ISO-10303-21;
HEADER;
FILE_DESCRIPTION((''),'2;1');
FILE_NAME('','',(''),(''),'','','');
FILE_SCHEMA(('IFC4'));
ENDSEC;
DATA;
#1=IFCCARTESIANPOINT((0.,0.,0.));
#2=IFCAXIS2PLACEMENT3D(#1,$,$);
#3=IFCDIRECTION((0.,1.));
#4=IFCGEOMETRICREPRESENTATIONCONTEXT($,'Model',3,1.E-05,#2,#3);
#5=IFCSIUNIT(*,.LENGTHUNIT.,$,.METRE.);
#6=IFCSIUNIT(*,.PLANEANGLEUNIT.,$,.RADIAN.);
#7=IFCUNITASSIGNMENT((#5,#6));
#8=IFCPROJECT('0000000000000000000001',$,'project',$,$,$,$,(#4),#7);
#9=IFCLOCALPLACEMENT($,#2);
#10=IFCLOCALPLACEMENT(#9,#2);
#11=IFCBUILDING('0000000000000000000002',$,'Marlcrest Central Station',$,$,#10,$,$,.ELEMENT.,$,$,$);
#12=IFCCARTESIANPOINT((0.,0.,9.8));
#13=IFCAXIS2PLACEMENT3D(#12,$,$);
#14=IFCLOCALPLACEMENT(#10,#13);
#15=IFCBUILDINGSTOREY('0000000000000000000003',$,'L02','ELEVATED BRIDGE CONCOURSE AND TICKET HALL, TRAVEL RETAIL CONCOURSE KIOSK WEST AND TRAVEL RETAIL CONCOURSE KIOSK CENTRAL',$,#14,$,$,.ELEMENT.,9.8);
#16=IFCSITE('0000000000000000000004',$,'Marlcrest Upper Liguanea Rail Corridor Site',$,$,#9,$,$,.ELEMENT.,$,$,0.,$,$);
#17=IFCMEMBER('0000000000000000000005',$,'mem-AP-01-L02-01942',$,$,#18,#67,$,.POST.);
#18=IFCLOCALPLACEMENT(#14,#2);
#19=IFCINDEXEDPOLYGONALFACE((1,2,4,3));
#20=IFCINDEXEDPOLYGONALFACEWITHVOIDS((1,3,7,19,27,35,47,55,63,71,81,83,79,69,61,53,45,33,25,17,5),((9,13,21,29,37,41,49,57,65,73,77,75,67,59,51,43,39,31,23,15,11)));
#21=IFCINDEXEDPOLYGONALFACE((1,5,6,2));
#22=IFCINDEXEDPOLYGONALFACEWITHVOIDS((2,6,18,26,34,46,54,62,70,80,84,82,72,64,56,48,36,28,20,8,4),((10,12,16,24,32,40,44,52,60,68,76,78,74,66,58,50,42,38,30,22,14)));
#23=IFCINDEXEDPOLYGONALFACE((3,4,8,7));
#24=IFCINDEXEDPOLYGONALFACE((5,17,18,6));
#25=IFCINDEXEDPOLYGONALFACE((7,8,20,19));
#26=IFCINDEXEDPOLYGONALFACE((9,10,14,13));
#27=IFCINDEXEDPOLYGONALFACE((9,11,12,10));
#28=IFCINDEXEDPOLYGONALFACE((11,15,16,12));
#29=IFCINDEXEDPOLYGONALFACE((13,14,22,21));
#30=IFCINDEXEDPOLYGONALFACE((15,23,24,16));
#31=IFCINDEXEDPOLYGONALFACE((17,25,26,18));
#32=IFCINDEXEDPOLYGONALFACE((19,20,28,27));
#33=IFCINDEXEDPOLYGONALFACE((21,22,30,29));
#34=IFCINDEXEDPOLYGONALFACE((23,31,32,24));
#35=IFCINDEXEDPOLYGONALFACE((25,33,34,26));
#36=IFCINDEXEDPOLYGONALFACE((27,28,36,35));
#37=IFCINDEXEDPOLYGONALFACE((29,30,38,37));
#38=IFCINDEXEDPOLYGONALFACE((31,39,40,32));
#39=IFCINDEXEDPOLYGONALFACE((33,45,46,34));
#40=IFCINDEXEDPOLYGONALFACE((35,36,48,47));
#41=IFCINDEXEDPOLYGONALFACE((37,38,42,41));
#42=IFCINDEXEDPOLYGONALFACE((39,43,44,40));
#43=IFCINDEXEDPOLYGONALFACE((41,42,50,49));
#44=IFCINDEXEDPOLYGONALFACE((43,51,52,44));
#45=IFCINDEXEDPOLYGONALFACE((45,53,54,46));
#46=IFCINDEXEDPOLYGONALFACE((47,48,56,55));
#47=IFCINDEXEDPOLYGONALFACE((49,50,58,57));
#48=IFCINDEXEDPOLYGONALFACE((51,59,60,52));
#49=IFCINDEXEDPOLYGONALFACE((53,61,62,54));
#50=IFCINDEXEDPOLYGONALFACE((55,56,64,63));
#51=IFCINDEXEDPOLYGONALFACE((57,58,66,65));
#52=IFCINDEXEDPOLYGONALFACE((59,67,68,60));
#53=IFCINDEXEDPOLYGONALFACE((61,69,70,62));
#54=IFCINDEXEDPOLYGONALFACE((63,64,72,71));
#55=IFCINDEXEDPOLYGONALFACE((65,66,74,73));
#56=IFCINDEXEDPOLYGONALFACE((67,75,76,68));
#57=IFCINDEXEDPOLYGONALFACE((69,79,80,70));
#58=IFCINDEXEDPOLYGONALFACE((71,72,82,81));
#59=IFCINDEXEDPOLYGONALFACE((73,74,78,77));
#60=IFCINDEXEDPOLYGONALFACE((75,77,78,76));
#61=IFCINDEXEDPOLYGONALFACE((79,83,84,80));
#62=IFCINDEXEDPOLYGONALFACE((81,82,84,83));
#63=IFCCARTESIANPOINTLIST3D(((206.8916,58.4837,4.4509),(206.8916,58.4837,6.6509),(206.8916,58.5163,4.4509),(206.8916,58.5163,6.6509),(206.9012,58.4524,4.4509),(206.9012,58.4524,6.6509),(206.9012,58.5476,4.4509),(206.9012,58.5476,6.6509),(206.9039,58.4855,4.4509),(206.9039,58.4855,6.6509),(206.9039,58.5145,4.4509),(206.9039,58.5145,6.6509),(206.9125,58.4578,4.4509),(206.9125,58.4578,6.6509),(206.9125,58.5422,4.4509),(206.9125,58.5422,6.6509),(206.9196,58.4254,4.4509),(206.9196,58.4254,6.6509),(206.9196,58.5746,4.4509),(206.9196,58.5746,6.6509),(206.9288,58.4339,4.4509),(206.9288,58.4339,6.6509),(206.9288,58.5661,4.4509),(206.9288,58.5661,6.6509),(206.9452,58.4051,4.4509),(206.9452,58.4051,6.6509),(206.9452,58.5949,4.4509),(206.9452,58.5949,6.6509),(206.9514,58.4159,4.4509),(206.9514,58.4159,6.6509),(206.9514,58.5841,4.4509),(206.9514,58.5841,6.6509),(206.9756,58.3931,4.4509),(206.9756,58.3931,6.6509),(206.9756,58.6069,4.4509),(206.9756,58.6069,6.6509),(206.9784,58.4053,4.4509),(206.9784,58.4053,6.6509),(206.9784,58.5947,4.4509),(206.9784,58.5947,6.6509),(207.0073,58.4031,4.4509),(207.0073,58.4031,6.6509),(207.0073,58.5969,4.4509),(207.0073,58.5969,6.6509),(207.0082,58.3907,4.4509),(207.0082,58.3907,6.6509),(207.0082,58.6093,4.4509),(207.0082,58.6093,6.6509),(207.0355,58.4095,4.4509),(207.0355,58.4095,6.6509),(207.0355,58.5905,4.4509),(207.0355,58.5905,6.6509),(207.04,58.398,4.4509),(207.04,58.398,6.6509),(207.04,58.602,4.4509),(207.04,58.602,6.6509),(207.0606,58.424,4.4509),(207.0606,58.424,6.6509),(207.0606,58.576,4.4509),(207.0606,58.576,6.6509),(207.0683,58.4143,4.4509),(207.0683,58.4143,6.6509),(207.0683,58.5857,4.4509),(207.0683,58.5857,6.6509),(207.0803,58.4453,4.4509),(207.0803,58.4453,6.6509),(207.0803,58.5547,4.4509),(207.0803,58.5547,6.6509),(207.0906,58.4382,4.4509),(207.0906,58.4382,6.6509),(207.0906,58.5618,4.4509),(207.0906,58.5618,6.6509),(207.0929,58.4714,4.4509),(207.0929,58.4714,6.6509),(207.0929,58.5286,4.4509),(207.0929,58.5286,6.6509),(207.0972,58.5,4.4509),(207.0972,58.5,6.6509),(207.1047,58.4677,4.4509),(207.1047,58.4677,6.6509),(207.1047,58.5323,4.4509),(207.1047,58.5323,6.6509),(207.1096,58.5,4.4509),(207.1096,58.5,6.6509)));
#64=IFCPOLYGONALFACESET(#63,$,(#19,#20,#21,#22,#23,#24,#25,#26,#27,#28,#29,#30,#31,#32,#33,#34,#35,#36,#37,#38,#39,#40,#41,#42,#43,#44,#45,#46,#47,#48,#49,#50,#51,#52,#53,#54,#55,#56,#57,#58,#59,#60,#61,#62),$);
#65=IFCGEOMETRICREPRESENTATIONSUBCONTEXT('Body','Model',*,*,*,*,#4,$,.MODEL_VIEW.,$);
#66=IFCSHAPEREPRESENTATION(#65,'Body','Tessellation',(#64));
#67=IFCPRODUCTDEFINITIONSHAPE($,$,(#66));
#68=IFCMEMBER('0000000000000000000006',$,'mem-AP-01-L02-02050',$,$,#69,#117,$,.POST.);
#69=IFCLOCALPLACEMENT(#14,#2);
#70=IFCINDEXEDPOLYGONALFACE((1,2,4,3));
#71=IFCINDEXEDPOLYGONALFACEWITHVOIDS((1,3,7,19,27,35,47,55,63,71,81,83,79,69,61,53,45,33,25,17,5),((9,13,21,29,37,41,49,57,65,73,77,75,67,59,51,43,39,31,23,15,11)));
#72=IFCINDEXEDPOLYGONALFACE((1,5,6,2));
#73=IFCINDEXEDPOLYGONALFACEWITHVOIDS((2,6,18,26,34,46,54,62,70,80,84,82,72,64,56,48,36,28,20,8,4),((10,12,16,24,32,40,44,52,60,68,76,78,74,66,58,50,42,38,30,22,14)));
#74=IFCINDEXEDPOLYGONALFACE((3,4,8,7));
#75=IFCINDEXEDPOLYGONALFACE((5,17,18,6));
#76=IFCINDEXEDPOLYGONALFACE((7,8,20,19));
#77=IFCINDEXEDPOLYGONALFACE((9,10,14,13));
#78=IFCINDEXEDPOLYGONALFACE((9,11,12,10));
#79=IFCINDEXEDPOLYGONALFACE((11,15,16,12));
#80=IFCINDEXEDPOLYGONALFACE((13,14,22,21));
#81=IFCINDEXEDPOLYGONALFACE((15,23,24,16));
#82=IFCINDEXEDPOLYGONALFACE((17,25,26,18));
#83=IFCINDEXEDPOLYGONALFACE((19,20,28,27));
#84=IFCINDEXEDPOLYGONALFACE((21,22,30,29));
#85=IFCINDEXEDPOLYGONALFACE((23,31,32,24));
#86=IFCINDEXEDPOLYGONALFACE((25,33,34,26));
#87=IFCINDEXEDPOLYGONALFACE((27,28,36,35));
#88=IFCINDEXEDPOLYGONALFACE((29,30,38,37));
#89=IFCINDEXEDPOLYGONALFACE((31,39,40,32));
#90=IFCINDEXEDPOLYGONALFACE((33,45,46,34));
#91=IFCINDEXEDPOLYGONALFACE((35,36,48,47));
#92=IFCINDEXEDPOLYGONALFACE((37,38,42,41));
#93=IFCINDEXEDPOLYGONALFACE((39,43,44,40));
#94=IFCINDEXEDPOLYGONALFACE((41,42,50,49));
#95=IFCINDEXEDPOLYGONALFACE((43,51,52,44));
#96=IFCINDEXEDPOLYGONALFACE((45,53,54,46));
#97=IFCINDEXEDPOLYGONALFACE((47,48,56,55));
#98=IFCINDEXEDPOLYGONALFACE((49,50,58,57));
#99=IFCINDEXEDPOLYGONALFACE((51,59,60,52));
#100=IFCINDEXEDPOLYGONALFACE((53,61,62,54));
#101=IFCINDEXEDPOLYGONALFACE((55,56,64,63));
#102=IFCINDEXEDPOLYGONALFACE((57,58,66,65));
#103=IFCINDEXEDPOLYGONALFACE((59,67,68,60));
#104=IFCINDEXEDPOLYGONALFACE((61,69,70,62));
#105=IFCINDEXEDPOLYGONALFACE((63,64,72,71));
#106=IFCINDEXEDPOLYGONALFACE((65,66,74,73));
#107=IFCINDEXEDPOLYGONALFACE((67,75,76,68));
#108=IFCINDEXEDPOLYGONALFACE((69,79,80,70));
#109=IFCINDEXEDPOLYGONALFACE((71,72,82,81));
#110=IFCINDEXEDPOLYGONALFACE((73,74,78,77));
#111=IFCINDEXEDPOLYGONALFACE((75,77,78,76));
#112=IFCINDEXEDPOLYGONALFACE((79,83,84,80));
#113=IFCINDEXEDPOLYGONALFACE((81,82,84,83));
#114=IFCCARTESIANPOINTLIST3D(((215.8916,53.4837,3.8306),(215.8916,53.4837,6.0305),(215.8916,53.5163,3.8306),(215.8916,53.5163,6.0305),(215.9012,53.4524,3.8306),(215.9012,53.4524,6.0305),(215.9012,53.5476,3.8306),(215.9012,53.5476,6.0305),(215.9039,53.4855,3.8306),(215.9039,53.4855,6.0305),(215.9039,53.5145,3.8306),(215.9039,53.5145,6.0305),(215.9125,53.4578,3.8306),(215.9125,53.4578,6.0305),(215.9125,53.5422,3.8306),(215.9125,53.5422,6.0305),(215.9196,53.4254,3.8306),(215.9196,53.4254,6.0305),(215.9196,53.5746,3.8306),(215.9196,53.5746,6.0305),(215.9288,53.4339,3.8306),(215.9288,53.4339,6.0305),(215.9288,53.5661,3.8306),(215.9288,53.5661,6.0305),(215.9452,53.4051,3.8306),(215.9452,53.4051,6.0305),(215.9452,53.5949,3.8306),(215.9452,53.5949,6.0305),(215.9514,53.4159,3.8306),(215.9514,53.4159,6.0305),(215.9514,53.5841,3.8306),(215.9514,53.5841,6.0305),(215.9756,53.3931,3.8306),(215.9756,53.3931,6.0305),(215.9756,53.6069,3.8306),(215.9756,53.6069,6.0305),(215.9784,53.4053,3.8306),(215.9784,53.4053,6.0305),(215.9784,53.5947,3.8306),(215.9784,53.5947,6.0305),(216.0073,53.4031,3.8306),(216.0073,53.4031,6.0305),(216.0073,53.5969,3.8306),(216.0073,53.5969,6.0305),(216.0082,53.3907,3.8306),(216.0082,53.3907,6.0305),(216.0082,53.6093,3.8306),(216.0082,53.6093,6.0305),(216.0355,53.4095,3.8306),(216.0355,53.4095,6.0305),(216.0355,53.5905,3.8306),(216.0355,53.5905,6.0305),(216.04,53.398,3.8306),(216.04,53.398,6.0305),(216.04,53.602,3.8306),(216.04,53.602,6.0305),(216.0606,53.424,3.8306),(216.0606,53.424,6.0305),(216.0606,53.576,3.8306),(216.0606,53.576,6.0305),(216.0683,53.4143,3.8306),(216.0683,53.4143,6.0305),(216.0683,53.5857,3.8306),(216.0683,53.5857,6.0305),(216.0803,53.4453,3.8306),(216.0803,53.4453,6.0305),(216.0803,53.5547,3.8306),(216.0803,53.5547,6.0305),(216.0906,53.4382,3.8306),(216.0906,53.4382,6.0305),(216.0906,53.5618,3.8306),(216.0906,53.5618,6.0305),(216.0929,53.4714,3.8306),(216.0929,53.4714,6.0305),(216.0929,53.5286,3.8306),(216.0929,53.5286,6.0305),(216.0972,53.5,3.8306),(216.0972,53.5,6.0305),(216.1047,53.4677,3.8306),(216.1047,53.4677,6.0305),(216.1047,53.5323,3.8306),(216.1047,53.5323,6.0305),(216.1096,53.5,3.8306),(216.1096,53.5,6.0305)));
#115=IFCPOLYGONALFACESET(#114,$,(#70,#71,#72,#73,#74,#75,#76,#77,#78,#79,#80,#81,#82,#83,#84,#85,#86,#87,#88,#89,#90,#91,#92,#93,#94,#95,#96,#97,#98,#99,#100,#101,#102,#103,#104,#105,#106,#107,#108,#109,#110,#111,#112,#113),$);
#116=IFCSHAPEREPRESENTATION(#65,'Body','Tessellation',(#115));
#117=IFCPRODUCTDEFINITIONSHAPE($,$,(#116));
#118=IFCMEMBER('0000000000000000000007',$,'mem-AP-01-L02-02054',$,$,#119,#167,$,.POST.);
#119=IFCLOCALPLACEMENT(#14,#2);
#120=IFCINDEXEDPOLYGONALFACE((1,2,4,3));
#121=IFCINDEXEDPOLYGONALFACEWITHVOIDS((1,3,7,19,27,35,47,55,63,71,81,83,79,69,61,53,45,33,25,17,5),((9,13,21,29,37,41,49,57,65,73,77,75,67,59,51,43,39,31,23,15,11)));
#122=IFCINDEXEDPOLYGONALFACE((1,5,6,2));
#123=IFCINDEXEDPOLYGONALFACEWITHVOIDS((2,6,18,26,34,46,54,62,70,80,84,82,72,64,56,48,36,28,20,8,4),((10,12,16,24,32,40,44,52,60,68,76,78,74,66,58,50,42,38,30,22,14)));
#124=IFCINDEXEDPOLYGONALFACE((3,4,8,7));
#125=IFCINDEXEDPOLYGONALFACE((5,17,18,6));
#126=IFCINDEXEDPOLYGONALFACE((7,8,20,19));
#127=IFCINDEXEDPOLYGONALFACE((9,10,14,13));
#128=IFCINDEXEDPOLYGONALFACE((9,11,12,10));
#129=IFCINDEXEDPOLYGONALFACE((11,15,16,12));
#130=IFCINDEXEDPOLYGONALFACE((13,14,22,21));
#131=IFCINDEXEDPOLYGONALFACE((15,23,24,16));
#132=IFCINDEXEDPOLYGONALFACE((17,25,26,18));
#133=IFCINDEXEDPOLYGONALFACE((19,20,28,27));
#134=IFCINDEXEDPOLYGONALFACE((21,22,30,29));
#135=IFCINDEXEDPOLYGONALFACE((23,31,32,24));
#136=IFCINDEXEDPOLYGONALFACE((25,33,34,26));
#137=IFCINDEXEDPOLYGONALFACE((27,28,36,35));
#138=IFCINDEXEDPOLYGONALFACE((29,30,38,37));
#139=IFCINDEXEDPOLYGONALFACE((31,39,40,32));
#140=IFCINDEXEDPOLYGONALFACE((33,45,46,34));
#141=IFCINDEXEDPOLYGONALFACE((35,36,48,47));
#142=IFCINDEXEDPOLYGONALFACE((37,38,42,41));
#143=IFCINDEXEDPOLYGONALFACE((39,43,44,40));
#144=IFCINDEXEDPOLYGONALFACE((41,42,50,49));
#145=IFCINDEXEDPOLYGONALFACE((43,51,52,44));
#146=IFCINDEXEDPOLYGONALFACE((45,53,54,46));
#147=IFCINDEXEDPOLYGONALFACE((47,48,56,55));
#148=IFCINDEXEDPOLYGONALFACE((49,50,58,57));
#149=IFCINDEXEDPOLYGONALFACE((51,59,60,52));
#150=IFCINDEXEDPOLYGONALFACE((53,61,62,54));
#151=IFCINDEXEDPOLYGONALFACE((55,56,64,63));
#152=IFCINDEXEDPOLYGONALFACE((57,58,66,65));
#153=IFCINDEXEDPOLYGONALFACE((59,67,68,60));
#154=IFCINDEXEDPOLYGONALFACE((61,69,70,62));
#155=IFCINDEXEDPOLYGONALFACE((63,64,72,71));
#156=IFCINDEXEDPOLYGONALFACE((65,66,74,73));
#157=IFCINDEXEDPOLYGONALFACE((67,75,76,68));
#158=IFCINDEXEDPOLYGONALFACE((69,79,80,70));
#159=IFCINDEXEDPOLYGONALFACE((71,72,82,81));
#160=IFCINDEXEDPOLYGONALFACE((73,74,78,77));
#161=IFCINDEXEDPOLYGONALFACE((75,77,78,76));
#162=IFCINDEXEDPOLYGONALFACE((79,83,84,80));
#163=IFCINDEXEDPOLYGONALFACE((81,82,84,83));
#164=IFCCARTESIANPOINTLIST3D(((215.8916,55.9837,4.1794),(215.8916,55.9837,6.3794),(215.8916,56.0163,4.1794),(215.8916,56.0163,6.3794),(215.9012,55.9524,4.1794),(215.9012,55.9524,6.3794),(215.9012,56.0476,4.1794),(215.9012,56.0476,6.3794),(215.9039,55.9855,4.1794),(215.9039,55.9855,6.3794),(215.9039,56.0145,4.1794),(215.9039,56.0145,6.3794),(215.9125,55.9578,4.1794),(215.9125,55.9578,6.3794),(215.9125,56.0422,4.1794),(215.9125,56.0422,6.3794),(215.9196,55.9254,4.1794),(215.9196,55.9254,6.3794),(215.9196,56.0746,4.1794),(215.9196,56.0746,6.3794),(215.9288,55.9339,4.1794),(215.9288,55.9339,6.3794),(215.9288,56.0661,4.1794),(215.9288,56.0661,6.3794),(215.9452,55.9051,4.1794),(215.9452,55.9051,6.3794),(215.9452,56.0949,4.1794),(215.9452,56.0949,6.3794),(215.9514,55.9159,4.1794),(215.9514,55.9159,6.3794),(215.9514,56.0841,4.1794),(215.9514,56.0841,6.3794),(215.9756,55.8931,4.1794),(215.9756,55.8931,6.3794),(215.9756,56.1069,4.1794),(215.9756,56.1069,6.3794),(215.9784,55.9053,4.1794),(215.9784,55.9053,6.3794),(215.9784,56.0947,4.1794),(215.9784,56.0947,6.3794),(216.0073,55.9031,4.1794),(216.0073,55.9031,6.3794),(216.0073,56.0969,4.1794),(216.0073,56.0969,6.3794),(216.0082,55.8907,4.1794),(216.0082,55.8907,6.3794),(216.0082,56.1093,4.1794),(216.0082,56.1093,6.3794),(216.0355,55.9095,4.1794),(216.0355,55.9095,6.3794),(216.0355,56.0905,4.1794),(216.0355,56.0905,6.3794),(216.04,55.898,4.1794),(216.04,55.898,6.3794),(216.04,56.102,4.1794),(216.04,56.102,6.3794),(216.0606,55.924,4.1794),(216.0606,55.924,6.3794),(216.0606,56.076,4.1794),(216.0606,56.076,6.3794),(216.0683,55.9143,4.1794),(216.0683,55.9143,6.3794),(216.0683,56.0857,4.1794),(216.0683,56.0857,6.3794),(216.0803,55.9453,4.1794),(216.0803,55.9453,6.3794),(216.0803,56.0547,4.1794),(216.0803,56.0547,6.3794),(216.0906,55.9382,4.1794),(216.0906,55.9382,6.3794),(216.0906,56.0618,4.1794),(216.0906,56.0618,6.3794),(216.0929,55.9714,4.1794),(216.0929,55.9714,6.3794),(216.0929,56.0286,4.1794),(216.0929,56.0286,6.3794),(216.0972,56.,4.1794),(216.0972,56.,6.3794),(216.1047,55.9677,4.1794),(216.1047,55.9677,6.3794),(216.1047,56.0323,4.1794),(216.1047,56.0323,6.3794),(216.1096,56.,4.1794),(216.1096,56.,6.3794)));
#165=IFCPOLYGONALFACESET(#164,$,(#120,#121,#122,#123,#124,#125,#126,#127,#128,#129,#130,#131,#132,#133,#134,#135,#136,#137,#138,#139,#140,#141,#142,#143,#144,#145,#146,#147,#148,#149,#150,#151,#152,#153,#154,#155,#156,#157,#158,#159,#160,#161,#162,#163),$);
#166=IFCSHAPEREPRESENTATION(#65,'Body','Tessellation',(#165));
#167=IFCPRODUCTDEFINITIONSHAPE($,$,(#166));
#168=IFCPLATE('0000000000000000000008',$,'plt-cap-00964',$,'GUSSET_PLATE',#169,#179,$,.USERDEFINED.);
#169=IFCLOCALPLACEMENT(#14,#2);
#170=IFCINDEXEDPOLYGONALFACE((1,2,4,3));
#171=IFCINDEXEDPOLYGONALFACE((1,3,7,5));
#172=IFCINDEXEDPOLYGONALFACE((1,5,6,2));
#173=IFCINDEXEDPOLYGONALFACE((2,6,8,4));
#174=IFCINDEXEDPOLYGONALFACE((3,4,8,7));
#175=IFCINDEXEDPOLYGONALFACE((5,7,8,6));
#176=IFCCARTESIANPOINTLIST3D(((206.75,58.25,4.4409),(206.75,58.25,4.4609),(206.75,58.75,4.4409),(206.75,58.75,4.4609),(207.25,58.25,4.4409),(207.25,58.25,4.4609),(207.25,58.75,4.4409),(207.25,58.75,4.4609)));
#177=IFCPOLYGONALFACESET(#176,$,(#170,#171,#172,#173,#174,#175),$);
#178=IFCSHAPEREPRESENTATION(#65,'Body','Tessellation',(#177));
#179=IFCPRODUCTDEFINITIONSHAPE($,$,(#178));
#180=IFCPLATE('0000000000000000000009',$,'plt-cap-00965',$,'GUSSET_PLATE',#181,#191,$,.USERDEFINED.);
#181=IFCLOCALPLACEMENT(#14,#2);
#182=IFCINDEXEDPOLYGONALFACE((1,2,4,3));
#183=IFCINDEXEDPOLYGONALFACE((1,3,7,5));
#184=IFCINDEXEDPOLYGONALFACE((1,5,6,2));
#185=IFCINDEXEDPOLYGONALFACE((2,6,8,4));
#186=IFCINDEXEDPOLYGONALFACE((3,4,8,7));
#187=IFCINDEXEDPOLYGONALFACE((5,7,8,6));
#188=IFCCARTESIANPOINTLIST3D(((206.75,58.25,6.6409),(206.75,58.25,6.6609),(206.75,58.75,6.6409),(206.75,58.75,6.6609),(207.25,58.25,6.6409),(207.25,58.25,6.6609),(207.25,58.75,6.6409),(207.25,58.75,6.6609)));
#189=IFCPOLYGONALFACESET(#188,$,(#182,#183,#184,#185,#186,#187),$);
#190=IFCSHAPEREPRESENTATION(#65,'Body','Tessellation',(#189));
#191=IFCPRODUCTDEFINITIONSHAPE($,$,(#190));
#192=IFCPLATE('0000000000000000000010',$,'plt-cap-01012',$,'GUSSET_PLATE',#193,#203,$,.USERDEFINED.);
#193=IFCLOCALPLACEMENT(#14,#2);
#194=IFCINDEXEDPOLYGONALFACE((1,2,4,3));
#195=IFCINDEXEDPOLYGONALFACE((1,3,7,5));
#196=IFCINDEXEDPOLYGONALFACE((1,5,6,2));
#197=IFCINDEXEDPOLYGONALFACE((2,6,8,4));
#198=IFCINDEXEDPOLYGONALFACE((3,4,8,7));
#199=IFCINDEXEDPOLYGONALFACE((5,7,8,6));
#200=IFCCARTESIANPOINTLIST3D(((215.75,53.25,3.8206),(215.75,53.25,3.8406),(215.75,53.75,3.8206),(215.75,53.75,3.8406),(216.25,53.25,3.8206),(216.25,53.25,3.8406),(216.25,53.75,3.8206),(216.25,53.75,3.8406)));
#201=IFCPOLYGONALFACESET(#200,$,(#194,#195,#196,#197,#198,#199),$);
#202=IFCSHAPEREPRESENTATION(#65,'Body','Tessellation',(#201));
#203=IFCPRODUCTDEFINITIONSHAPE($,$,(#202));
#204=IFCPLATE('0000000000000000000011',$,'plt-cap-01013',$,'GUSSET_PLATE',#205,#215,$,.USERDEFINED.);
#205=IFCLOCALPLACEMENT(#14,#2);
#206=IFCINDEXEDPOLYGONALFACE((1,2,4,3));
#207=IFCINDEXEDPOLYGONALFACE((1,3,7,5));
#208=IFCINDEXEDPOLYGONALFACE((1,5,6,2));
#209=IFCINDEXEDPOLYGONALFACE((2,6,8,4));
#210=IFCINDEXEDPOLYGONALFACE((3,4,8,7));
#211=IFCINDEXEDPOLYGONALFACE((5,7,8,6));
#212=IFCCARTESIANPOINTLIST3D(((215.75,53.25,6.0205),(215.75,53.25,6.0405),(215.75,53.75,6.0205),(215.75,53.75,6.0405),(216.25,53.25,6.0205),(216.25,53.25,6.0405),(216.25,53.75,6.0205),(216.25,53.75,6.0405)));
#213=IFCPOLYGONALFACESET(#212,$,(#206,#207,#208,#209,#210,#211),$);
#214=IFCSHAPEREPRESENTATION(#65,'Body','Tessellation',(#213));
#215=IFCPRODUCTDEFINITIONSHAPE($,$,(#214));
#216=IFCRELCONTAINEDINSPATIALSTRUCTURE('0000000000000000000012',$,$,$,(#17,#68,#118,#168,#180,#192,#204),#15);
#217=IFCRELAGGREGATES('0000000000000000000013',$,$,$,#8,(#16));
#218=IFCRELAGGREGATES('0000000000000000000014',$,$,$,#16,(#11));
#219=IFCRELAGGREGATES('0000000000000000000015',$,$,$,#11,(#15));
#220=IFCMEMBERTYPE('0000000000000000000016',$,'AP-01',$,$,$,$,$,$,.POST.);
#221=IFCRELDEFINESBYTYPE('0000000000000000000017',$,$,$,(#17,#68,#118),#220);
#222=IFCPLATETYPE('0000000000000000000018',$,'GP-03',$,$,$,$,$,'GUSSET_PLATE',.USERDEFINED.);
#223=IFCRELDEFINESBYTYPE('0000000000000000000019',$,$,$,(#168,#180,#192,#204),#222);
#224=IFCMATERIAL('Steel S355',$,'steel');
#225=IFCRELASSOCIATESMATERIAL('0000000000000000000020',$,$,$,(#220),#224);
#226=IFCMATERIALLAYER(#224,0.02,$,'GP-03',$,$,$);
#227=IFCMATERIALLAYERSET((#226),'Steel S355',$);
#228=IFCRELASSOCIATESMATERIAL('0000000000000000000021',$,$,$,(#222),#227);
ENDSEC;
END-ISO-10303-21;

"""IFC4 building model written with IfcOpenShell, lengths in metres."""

from ifc_helpers import new_model, si_unit, direction, frame, origin, origin_2d, place, context, subcontext, project, spatial, rectangle, hollow_circle, extrude, material, layer, layer_set, material_profile, profile_set, type_object, element, save


model = new_model("IFC4")

# Units and contexts
model_context = context("Model", 3, precision=1e-05, world=origin(), true_north=direction((0.0, 1.0)))
body_context = subcontext(model_context, "Body", "Model", "MODEL_VIEW")
ifc_project = project(units=[si_unit("LENGTHUNIT", "METRE"), si_unit("PLANEANGLEUNIT", "RADIAN")], contexts=[model_context])

# Site, building, storey
site_placement = place(None, origin())
site = spatial("IfcSite", under=ifc_project, at=site_placement, Name="Marlcrest Upper Liguanea Rail Corridor Site", CompositionType="ELEMENT", RefElevation=0.0)
building_placement = place(site_placement, origin())
building = spatial("IfcBuilding", under=site, at=building_placement, Name="Marlcrest Central Station", CompositionType="ELEMENT")
storey_placement = place(building_placement, frame((0.0, 0.0, 9.8)))
storey = spatial("IfcBuildingStorey", under=building, at=storey_placement, Name="L02", Description="ELEVATED BRIDGE CONCOURSE AND TICKET HALL, TRAVEL RETAIL CONCOURSE KIOSK WEST AND TRAVEL RETAIL CONCOURSE KIOSK CENTRAL", CompositionType="ELEMENT", Elevation=9.8)

# Members
ifc_material = material(Name="Steel S355", Category="steel")
ifc_material_profile_1 = material_profile(ifc_material, hollow_circle(Radius=0.1096, WallThickness=0.0125, at=origin_2d()), Name="CHS 219.1x12.5")
ifc_profile_set_1 = profile_set([ifc_material_profile_1], Name="Steel S355")
member_type_1 = type_object("IfcMemberType", Name="AP-01", PredefinedType="POST", material=ifc_profile_set_1)
for number, where, z_axis, x_axis, name in (
    (1, (207.0, 58.5, 4.4509), (0.0, 0.0, 1.0), (1.0, 0.0, 0.0), "mem-AP-01-L02-01942"),
    (2, (216.0, 53.5, 3.8306), (0.0, 0.0, 1.0), (1.0, 0.0, 0.0), "mem-AP-01-L02-02050"),
    (3, (216.0, 56.0, 4.1794), (0.0, 0.0, 1.0), (1.0, 0.0, 0.0), "mem-AP-01-L02-02054"),
):
    element("IfcMember", number, at=place(storey_placement, frame(where, z_axis=z_axis, x_axis=x_axis)), inside=storey, type_object=member_type_1, Name=name, PredefinedType="POST", context=body_context, shape_type="SweptSolid", body=[
        extrude(hollow_circle(Radius=0.1096, WallThickness=0.0125, at=origin_2d()), origin(), (0.0, 0.0, 1.0), 2.2),
    ])

# Plates
ifc_layer = layer(ifc_material, 0.02, Name="GP-03")
ifc_layer_set = layer_set([ifc_layer], Name="Steel S355")
plate_type = type_object("IfcPlateType", Name="GP-03", ElementType="GUSSET_PLATE", PredefinedType="USERDEFINED", material=ifc_layer_set)
for number, where, z_axis, x_axis, name in (
    (4, (207.0, 58.5, 4.4409), (0.0, 0.0, 1.0), (1.0, 0.0, 0.0), "plt-cap-00964"),
    (5, (207.0, 58.5, 6.6409), (0.0, 0.0, 1.0), (1.0, 0.0, 0.0), "plt-cap-00965"),
    (6, (216.0, 53.5, 3.8206), (0.0, 0.0, 1.0), (1.0, 0.0, 0.0), "plt-cap-01012"),
    (7, (216.0, 53.5, 6.0205), (0.0, 0.0, 1.0), (1.0, 0.0, 0.0), "plt-cap-01013"),
):
    element("IfcPlate", number, at=place(storey_placement, frame(where, z_axis=z_axis, x_axis=x_axis)), inside=storey, type_object=plate_type, Name=name, ObjectType="GUSSET_PLATE", PredefinedType="USERDEFINED", context=body_context, shape_type="SweptSolid", body=[
        extrude(rectangle(XDim=0.5, YDim=0.5, at=origin_2d()), origin(), (0.0, 0.0, 1.0), 0.02),
    ])

save(model, "model.ifc")
